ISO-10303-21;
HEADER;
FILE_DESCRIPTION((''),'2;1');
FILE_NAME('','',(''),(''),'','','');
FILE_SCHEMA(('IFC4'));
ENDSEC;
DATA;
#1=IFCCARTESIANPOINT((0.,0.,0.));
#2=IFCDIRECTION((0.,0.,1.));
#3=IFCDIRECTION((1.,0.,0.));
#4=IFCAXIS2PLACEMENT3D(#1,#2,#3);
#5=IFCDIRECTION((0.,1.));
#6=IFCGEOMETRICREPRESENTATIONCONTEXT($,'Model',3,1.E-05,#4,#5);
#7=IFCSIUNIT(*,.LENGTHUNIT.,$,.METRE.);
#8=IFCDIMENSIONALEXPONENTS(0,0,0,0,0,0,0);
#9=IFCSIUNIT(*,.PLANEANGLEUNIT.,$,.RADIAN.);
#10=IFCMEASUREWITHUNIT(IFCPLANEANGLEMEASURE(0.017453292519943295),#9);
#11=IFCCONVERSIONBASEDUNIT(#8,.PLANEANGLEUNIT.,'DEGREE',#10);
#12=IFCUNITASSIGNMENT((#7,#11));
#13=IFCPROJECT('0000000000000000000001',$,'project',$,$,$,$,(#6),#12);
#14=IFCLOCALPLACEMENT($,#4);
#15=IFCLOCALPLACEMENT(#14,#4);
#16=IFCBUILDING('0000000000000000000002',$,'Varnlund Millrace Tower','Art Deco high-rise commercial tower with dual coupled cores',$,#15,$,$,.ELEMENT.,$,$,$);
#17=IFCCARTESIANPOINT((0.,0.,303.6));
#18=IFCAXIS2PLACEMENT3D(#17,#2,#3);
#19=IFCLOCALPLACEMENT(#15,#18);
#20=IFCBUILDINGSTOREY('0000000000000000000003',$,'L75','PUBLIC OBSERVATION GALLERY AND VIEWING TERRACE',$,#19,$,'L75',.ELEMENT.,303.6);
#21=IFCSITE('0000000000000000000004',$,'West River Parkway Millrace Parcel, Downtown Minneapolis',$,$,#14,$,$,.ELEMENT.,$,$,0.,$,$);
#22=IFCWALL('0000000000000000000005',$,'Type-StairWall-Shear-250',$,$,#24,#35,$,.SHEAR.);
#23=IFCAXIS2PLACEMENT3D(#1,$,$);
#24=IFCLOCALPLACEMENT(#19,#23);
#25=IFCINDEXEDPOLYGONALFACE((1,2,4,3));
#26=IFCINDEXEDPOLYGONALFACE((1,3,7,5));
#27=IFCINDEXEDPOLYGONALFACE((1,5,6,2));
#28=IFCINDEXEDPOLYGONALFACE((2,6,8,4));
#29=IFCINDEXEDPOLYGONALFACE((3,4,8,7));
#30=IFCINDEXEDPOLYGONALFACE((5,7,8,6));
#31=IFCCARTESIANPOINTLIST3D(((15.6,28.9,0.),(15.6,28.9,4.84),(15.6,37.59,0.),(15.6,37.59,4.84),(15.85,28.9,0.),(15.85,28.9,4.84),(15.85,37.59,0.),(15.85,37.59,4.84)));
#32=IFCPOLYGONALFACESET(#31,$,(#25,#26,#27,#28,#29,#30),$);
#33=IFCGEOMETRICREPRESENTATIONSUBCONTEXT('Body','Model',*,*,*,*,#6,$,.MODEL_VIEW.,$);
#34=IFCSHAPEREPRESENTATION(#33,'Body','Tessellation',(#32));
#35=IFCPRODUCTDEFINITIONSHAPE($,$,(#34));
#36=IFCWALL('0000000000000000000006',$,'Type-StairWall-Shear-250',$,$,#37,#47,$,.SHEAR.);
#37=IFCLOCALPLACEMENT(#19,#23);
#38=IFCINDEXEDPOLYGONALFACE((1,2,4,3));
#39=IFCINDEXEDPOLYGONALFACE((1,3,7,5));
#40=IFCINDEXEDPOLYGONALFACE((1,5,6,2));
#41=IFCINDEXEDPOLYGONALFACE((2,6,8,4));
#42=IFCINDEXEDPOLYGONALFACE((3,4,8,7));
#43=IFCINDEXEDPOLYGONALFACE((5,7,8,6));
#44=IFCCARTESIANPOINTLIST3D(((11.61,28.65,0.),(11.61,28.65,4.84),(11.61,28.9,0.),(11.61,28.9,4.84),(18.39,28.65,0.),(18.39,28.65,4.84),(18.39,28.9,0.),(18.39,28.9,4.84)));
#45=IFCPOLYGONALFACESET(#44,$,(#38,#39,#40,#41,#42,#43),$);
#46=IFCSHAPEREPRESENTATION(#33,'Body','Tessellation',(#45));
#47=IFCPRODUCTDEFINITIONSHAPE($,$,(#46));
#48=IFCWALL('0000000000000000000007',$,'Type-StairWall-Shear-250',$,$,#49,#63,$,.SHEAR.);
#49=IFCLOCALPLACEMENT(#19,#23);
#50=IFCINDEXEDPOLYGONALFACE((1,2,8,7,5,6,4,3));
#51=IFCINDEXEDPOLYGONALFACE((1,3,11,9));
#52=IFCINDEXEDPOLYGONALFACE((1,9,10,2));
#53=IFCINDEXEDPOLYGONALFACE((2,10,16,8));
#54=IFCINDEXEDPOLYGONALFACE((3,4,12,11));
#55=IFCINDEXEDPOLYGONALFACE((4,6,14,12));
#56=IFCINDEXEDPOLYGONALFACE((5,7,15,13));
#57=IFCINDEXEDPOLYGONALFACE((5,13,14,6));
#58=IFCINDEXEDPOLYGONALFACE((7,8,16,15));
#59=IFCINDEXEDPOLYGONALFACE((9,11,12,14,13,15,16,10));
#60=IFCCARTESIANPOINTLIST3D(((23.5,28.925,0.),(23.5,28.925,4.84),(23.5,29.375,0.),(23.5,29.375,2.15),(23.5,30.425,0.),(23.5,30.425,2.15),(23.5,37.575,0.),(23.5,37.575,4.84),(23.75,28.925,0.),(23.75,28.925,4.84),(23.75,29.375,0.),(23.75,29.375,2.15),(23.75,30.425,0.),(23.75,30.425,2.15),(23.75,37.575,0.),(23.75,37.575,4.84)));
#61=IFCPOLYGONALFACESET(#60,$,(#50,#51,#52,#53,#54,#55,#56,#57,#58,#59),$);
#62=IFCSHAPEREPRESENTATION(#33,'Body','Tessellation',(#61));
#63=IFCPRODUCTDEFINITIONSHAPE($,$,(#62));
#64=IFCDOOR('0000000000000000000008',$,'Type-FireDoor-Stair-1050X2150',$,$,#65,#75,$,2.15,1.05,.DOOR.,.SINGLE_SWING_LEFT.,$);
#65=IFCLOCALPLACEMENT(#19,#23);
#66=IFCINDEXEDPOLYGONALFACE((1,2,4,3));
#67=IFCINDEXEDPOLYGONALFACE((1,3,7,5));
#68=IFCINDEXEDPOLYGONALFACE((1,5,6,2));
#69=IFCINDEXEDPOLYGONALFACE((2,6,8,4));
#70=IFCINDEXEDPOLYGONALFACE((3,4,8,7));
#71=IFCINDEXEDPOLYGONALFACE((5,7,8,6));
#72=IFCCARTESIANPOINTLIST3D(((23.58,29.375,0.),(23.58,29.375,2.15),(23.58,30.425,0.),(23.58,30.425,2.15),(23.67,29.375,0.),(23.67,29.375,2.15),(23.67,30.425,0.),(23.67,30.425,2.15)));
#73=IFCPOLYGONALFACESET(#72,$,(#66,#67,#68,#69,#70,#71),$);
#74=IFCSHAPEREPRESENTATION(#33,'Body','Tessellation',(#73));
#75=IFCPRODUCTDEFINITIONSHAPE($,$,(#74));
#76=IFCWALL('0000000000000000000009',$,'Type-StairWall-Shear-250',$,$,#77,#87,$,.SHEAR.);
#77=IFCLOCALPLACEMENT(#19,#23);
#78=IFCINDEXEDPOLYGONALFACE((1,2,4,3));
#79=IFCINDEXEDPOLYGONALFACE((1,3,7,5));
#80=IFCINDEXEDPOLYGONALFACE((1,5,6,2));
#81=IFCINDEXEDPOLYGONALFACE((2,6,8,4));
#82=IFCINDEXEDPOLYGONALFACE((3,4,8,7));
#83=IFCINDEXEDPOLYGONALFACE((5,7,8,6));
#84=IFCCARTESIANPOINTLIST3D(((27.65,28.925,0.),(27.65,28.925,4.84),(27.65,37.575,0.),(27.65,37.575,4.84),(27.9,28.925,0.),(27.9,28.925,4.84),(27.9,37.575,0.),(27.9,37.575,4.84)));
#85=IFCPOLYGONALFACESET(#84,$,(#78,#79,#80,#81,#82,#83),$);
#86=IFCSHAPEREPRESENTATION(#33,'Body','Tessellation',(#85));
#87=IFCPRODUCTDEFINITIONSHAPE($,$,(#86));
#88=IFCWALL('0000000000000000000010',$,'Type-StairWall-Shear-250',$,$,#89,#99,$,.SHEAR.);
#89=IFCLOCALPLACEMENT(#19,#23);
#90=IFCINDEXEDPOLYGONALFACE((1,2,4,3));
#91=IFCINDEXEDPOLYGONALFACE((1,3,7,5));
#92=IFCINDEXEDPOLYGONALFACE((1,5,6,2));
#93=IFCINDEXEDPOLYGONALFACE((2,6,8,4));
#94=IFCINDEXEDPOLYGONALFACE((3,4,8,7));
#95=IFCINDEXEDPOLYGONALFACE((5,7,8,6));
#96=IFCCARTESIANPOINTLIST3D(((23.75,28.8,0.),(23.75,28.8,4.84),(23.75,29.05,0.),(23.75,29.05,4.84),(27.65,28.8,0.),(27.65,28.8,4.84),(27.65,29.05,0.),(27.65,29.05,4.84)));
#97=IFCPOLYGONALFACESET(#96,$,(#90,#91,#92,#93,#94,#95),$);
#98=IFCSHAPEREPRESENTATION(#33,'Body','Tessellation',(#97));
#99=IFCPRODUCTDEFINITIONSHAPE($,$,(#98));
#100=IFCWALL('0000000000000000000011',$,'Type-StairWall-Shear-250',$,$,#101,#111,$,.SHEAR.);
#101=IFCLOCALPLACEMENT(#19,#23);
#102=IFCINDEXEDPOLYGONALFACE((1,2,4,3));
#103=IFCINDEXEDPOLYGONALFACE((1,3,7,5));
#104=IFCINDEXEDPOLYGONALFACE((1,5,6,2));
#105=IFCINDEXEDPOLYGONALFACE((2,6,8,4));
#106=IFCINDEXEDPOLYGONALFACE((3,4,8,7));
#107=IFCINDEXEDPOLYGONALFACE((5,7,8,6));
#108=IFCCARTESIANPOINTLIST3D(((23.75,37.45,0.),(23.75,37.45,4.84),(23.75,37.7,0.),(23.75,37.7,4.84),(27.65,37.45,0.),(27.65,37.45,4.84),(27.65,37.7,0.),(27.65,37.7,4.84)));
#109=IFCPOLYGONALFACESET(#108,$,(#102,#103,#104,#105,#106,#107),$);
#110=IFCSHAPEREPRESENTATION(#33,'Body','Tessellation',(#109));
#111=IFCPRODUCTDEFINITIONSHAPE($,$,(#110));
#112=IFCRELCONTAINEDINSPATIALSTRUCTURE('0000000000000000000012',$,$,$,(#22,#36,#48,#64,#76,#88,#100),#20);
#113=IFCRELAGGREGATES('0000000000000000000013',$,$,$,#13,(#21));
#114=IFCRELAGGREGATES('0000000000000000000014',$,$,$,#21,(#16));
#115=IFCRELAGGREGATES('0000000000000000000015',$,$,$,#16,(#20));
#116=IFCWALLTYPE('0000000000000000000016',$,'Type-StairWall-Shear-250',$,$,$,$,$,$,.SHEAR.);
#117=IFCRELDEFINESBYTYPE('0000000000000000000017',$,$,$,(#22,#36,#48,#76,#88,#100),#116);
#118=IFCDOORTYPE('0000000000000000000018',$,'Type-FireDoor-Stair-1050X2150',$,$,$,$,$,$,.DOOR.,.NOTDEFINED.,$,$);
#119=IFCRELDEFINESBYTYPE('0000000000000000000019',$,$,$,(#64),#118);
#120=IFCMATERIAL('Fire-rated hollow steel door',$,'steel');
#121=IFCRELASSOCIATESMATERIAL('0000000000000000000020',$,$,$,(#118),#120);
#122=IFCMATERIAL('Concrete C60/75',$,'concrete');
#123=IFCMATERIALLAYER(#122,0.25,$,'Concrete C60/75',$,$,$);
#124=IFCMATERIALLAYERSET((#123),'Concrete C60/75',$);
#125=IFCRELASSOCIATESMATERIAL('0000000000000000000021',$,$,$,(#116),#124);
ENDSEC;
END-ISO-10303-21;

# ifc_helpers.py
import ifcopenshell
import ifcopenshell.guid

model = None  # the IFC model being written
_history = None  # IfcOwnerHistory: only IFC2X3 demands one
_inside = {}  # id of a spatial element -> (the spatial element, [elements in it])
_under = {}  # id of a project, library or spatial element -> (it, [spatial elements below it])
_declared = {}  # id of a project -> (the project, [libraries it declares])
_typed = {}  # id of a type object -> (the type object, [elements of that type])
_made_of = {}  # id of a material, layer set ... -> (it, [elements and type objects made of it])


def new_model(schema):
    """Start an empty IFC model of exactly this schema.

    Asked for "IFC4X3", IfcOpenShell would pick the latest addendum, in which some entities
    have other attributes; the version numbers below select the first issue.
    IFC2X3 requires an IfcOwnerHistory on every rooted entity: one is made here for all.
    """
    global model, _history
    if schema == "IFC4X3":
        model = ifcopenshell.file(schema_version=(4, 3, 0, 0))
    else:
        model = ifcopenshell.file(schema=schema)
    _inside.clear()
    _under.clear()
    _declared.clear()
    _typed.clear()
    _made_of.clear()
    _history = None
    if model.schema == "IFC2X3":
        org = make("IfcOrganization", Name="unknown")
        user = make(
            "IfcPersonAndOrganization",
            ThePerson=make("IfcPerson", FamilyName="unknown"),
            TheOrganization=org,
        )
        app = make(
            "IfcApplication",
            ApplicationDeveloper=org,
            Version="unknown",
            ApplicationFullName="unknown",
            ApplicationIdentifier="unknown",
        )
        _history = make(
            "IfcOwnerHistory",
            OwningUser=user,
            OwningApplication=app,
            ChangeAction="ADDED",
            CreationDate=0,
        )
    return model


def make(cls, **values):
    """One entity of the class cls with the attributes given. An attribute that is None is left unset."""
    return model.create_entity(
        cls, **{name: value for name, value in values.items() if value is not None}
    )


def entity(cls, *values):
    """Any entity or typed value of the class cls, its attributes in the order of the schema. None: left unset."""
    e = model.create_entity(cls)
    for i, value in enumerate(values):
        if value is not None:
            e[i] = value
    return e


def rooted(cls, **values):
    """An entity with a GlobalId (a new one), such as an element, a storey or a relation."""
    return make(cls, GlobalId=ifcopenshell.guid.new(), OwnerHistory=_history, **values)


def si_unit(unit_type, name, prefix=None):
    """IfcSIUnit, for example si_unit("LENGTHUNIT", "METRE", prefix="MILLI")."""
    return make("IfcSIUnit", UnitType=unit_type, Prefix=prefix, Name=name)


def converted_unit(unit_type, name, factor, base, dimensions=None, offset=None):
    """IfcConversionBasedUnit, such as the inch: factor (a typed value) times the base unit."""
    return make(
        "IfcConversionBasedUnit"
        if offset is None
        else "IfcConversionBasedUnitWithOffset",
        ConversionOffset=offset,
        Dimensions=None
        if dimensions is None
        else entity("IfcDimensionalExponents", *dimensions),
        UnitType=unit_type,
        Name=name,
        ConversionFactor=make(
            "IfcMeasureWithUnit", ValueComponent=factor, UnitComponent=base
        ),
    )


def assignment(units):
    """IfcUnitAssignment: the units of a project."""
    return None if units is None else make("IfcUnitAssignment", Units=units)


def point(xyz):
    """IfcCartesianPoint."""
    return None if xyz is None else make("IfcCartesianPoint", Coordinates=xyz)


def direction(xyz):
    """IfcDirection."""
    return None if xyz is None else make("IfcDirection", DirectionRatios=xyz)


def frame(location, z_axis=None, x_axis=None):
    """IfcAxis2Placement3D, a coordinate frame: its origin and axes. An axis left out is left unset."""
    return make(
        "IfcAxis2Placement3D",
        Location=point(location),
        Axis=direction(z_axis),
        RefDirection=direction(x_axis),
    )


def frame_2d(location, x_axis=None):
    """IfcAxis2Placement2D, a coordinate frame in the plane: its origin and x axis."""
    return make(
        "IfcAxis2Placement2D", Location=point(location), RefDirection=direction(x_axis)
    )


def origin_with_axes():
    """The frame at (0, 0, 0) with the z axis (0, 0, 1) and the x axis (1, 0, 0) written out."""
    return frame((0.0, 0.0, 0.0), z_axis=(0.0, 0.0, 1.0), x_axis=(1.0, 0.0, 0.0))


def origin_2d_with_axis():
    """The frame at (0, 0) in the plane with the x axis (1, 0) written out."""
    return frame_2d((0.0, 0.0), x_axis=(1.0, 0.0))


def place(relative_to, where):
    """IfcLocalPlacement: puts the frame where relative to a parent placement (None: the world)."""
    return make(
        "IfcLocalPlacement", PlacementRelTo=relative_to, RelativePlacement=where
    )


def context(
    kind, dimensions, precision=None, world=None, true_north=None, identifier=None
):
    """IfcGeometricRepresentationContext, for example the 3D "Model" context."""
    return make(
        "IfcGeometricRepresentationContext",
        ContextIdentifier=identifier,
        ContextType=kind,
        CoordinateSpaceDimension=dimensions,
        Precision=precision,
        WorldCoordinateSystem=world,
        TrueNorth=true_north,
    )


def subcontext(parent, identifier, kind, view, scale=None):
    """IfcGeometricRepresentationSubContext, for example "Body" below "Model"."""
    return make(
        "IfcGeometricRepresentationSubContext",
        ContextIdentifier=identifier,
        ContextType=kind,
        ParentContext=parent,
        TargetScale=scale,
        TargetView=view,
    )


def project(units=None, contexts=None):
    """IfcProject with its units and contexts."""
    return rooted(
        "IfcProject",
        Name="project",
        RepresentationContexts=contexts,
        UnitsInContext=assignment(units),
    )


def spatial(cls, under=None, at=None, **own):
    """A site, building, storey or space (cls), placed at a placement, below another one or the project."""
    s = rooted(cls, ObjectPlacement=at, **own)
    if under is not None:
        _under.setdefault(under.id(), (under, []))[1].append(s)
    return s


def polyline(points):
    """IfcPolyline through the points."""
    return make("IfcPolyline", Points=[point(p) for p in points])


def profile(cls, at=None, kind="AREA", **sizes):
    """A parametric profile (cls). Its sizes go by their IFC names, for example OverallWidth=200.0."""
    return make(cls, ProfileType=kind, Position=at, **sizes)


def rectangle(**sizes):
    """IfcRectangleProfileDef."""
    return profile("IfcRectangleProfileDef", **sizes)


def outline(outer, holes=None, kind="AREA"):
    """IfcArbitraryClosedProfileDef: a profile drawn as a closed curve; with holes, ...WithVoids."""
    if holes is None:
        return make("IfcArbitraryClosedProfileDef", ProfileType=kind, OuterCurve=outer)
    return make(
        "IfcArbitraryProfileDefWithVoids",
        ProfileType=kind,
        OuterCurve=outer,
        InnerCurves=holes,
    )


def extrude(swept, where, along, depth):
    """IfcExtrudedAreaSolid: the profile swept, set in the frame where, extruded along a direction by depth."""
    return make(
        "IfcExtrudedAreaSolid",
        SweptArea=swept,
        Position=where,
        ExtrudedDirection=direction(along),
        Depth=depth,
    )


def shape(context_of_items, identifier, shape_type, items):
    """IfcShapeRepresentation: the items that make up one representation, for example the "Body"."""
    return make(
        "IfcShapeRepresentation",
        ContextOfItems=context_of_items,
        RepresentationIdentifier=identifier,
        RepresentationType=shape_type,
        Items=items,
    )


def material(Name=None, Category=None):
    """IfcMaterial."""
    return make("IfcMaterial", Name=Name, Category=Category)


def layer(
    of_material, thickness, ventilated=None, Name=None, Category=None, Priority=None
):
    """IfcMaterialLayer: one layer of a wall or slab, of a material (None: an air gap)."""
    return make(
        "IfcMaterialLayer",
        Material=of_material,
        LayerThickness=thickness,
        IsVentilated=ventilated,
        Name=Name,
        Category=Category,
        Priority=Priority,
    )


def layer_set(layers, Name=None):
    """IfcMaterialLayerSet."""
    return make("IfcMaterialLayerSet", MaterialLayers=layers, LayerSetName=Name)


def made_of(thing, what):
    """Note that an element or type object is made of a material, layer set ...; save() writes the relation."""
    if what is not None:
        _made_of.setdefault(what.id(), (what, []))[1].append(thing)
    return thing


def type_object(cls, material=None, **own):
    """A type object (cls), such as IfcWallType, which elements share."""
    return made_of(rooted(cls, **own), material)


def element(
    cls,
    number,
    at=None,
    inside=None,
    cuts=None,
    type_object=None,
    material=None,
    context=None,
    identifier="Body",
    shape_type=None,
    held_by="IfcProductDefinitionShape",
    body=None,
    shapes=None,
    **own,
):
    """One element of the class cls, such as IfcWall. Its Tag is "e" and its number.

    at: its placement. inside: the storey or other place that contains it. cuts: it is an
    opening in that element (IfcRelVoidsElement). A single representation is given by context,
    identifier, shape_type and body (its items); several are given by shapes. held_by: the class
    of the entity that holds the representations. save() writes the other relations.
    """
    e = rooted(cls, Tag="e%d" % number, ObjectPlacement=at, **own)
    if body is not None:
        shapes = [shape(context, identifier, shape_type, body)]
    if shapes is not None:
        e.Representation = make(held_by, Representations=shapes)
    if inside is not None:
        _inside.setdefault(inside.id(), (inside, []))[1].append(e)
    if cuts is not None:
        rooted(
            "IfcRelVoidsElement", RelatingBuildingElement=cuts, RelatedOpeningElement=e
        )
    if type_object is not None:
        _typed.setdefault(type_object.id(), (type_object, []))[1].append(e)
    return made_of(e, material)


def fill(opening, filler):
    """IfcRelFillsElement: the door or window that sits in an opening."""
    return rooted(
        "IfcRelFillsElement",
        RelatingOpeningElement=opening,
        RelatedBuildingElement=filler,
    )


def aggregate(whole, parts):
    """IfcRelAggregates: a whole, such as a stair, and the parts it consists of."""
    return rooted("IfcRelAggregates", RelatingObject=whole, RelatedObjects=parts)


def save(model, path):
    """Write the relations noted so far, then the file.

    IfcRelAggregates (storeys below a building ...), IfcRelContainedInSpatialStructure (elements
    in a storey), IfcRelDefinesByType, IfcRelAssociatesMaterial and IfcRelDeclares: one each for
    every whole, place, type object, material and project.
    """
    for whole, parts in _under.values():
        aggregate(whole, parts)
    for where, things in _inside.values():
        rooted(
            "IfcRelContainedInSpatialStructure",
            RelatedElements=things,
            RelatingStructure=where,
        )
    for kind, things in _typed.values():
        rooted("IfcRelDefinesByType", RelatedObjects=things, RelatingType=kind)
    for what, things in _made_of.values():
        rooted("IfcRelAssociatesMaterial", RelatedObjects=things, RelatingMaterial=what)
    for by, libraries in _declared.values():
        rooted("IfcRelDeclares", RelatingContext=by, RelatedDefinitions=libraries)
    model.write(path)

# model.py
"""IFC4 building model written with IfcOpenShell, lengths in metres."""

from ifc_helpers import new_model, entity, si_unit, converted_unit, direction, frame, origin_with_axes, origin_2d_with_axis, place, context, subcontext, project, spatial, polyline, rectangle, outline, extrude, material, layer, layer_set, type_object, element, fill, save


model = new_model("IFC4")

# Units and contexts
model_context = context("Model", 3, precision=1e-05, world=origin_with_axes(), true_north=direction((0.0, 1.0)))
body_context = subcontext(model_context, "Body", "Model", "MODEL_VIEW")
ifc_project = project(units=[si_unit("LENGTHUNIT", "METRE"), converted_unit("PLANEANGLEUNIT", "DEGREE", entity("IfcPlaneAngleMeasure", 0.017453292519943295), si_unit("PLANEANGLEUNIT", "RADIAN"), dimensions=[0, 0, 0, 0, 0, 0, 0])], contexts=[model_context])

# Site, building, storey
site_placement = place(None, origin_with_axes())
site = spatial("IfcSite", under=ifc_project, at=site_placement, Name="West River Parkway Millrace Parcel, Downtown Minneapolis", CompositionType="ELEMENT", RefElevation=0.0)
building_placement = place(site_placement, origin_with_axes())
building = spatial("IfcBuilding", under=site, at=building_placement, Name="Varnlund Millrace Tower", Description="Art Deco high-rise commercial tower with dual coupled cores", CompositionType="ELEMENT")
storey_placement = place(building_placement, frame((0.0, 0.0, 303.6), z_axis=(0.0, 0.0, 1.0), x_axis=(1.0, 0.0, 0.0)))
storey = spatial("IfcBuildingStorey", under=building, at=storey_placement, Name="L75", Description="PUBLIC OBSERVATION GALLERY AND VIEWING TERRACE", LongName="L75", CompositionType="ELEMENT", Elevation=303.6)

# Shared definitions
ifc_material_1 = material(Name="Concrete C60/75", Category="concrete")
ifc_material_2 = material(Name="Fire-rated hollow steel door", Category="steel")
door_type_1 = type_object("IfcDoorType", Name="Type-FireDoor-Stair-1050X2150", OperationType="NOTDEFINED", PredefinedType="DOOR", material=ifc_material_2)

# Shared definitions
ifc_layer_1 = layer(ifc_material_1, 0.25, Name="Concrete C60/75")
ifc_layer_set_1 = layer_set([ifc_layer_1], Name="Concrete C60/75")

# Walls
wall_type_1 = type_object("IfcWallType", Name="Type-StairWall-Shear-250", PredefinedType="SHEAR", material=ifc_layer_set_1)
wall_1_placement = place(storey_placement, frame((15.725, 28.9, 0.0), z_axis=(0.0, 0.0, 1.0), x_axis=(0.0, 1.0, 0.0)))
element("IfcWall", 1, at=wall_1_placement, inside=storey, type_object=wall_type_1, Name="Type-StairWall-Shear-250", PredefinedType="SHEAR", context=body_context, shape_type="SweptSolid", body=[
    extrude(outline(polyline([(0.0, -0.125), (8.69, -0.125), (8.69, 0.125), (0.0, 0.125), (0.0, -0.125)])), origin_with_axes(), (0.0, 0.0, 1.0), 4.84),
])
wall_2_placement = place(storey_placement, frame((11.61, 28.775, 0.0), z_axis=(0.0, 0.0, 1.0), x_axis=(1.0, 0.0, 0.0)))
element("IfcWall", 2, at=wall_2_placement, inside=storey, type_object=wall_type_1, Name="Type-StairWall-Shear-250", PredefinedType="SHEAR", context=body_context, shape_type="SweptSolid", body=[
    extrude(outline(polyline([(0.0, -0.125), (6.78, -0.125), (6.78, 0.125), (0.0, 0.125), (0.0, -0.125)])), origin_with_axes(), (0.0, 0.0, 1.0), 4.84),
])

# Wall, opening, door
wall_3_placement = place(storey_placement, frame((23.625, 28.925, 0.0), z_axis=(0.0, 0.0, 1.0), x_axis=(0.0, 1.0, 0.0)))
wall_3 = element("IfcWall", 3, at=wall_3_placement, inside=storey, type_object=wall_type_1, Name="Type-StairWall-Shear-250", PredefinedType="SHEAR", context=body_context, shape_type="SweptSolid", body=[
    extrude(outline(polyline([(0.0, -0.125), (8.65, -0.125), (8.65, 0.125), (0.0, 0.125), (0.0, -0.125)])), origin_with_axes(), (0.0, 0.0, 1.0), 4.84),
])
opening_1_placement = place(wall_3_placement, frame((0.975, 0.0, 0.0), z_axis=(0.0, 0.0, 1.0), x_axis=(1.0, 0.0, 0.0)))
opening_1 = element("IfcOpeningElement", 4, at=opening_1_placement, cuts=wall_3, PredefinedType="OPENING", context=body_context, shape_type="SweptSolid", body=[
    extrude(rectangle(XDim=1.05, YDim=0.27, at=origin_2d_with_axis()), origin_with_axes(), (0.0, 0.0, 1.0), 2.15),
])
door_1_placement = place(wall_3_placement, frame((0.975, 0.0, 0.0), z_axis=(0.0, 0.0, 1.0), x_axis=(1.0, 0.0, 0.0)))
door_1 = element("IfcDoor", 5, at=door_1_placement, inside=storey, type_object=door_type_1, Name="Type-FireDoor-Stair-1050X2150", OperationType="SINGLE_SWING_LEFT", OverallHeight=2.15, OverallWidth=1.05, PredefinedType="DOOR", context=body_context, shape_type="SweptSolid", body=[
    extrude(rectangle(XDim=1.05, YDim=0.09, at=origin_2d_with_axis()), origin_with_axes(), (0.0, 0.0, 1.0), 2.15),
])
fill(opening_1, door_1)

# Walls
wall_4_placement = place(storey_placement, frame((27.775, 28.925, 0.0), z_axis=(0.0, 0.0, 1.0), x_axis=(0.0, 1.0, 0.0)))
element("IfcWall", 6, at=wall_4_placement, inside=storey, type_object=wall_type_1, Name="Type-StairWall-Shear-250", PredefinedType="SHEAR", context=body_context, shape_type="SweptSolid", body=[
    extrude(outline(polyline([(0.0, -0.125), (8.65, -0.125), (8.65, 0.125), (0.0, 0.125), (0.0, -0.125)])), origin_with_axes(), (0.0, 0.0, 1.0), 4.84),
])
for number, where, z_axis, x_axis, name in (
    (7, (23.75, 28.925, 0.0), (0.0, 0.0, 1.0), (1.0, 0.0, 0.0), "Type-StairWall-Shear-250"),
    (8, (23.75, 37.575, 0.0), (0.0, 0.0, 1.0), (1.0, 0.0, 0.0), "Type-StairWall-Shear-250"),
):
    element("IfcWall", number, at=place(storey_placement, frame(where, z_axis=z_axis, x_axis=x_axis)), inside=storey, type_object=wall_type_1, Name=name, PredefinedType="SHEAR", context=body_context, shape_type="SweptSolid", body=[
        extrude(outline(polyline([(0.0, -0.125), (3.9, -0.125), (3.9, 0.125), (0.0, 0.125), (0.0, -0.125)])), origin_with_axes(), (0.0, 0.0, 1.0), 4.84),
    ])

save(model, "model.ifc")
